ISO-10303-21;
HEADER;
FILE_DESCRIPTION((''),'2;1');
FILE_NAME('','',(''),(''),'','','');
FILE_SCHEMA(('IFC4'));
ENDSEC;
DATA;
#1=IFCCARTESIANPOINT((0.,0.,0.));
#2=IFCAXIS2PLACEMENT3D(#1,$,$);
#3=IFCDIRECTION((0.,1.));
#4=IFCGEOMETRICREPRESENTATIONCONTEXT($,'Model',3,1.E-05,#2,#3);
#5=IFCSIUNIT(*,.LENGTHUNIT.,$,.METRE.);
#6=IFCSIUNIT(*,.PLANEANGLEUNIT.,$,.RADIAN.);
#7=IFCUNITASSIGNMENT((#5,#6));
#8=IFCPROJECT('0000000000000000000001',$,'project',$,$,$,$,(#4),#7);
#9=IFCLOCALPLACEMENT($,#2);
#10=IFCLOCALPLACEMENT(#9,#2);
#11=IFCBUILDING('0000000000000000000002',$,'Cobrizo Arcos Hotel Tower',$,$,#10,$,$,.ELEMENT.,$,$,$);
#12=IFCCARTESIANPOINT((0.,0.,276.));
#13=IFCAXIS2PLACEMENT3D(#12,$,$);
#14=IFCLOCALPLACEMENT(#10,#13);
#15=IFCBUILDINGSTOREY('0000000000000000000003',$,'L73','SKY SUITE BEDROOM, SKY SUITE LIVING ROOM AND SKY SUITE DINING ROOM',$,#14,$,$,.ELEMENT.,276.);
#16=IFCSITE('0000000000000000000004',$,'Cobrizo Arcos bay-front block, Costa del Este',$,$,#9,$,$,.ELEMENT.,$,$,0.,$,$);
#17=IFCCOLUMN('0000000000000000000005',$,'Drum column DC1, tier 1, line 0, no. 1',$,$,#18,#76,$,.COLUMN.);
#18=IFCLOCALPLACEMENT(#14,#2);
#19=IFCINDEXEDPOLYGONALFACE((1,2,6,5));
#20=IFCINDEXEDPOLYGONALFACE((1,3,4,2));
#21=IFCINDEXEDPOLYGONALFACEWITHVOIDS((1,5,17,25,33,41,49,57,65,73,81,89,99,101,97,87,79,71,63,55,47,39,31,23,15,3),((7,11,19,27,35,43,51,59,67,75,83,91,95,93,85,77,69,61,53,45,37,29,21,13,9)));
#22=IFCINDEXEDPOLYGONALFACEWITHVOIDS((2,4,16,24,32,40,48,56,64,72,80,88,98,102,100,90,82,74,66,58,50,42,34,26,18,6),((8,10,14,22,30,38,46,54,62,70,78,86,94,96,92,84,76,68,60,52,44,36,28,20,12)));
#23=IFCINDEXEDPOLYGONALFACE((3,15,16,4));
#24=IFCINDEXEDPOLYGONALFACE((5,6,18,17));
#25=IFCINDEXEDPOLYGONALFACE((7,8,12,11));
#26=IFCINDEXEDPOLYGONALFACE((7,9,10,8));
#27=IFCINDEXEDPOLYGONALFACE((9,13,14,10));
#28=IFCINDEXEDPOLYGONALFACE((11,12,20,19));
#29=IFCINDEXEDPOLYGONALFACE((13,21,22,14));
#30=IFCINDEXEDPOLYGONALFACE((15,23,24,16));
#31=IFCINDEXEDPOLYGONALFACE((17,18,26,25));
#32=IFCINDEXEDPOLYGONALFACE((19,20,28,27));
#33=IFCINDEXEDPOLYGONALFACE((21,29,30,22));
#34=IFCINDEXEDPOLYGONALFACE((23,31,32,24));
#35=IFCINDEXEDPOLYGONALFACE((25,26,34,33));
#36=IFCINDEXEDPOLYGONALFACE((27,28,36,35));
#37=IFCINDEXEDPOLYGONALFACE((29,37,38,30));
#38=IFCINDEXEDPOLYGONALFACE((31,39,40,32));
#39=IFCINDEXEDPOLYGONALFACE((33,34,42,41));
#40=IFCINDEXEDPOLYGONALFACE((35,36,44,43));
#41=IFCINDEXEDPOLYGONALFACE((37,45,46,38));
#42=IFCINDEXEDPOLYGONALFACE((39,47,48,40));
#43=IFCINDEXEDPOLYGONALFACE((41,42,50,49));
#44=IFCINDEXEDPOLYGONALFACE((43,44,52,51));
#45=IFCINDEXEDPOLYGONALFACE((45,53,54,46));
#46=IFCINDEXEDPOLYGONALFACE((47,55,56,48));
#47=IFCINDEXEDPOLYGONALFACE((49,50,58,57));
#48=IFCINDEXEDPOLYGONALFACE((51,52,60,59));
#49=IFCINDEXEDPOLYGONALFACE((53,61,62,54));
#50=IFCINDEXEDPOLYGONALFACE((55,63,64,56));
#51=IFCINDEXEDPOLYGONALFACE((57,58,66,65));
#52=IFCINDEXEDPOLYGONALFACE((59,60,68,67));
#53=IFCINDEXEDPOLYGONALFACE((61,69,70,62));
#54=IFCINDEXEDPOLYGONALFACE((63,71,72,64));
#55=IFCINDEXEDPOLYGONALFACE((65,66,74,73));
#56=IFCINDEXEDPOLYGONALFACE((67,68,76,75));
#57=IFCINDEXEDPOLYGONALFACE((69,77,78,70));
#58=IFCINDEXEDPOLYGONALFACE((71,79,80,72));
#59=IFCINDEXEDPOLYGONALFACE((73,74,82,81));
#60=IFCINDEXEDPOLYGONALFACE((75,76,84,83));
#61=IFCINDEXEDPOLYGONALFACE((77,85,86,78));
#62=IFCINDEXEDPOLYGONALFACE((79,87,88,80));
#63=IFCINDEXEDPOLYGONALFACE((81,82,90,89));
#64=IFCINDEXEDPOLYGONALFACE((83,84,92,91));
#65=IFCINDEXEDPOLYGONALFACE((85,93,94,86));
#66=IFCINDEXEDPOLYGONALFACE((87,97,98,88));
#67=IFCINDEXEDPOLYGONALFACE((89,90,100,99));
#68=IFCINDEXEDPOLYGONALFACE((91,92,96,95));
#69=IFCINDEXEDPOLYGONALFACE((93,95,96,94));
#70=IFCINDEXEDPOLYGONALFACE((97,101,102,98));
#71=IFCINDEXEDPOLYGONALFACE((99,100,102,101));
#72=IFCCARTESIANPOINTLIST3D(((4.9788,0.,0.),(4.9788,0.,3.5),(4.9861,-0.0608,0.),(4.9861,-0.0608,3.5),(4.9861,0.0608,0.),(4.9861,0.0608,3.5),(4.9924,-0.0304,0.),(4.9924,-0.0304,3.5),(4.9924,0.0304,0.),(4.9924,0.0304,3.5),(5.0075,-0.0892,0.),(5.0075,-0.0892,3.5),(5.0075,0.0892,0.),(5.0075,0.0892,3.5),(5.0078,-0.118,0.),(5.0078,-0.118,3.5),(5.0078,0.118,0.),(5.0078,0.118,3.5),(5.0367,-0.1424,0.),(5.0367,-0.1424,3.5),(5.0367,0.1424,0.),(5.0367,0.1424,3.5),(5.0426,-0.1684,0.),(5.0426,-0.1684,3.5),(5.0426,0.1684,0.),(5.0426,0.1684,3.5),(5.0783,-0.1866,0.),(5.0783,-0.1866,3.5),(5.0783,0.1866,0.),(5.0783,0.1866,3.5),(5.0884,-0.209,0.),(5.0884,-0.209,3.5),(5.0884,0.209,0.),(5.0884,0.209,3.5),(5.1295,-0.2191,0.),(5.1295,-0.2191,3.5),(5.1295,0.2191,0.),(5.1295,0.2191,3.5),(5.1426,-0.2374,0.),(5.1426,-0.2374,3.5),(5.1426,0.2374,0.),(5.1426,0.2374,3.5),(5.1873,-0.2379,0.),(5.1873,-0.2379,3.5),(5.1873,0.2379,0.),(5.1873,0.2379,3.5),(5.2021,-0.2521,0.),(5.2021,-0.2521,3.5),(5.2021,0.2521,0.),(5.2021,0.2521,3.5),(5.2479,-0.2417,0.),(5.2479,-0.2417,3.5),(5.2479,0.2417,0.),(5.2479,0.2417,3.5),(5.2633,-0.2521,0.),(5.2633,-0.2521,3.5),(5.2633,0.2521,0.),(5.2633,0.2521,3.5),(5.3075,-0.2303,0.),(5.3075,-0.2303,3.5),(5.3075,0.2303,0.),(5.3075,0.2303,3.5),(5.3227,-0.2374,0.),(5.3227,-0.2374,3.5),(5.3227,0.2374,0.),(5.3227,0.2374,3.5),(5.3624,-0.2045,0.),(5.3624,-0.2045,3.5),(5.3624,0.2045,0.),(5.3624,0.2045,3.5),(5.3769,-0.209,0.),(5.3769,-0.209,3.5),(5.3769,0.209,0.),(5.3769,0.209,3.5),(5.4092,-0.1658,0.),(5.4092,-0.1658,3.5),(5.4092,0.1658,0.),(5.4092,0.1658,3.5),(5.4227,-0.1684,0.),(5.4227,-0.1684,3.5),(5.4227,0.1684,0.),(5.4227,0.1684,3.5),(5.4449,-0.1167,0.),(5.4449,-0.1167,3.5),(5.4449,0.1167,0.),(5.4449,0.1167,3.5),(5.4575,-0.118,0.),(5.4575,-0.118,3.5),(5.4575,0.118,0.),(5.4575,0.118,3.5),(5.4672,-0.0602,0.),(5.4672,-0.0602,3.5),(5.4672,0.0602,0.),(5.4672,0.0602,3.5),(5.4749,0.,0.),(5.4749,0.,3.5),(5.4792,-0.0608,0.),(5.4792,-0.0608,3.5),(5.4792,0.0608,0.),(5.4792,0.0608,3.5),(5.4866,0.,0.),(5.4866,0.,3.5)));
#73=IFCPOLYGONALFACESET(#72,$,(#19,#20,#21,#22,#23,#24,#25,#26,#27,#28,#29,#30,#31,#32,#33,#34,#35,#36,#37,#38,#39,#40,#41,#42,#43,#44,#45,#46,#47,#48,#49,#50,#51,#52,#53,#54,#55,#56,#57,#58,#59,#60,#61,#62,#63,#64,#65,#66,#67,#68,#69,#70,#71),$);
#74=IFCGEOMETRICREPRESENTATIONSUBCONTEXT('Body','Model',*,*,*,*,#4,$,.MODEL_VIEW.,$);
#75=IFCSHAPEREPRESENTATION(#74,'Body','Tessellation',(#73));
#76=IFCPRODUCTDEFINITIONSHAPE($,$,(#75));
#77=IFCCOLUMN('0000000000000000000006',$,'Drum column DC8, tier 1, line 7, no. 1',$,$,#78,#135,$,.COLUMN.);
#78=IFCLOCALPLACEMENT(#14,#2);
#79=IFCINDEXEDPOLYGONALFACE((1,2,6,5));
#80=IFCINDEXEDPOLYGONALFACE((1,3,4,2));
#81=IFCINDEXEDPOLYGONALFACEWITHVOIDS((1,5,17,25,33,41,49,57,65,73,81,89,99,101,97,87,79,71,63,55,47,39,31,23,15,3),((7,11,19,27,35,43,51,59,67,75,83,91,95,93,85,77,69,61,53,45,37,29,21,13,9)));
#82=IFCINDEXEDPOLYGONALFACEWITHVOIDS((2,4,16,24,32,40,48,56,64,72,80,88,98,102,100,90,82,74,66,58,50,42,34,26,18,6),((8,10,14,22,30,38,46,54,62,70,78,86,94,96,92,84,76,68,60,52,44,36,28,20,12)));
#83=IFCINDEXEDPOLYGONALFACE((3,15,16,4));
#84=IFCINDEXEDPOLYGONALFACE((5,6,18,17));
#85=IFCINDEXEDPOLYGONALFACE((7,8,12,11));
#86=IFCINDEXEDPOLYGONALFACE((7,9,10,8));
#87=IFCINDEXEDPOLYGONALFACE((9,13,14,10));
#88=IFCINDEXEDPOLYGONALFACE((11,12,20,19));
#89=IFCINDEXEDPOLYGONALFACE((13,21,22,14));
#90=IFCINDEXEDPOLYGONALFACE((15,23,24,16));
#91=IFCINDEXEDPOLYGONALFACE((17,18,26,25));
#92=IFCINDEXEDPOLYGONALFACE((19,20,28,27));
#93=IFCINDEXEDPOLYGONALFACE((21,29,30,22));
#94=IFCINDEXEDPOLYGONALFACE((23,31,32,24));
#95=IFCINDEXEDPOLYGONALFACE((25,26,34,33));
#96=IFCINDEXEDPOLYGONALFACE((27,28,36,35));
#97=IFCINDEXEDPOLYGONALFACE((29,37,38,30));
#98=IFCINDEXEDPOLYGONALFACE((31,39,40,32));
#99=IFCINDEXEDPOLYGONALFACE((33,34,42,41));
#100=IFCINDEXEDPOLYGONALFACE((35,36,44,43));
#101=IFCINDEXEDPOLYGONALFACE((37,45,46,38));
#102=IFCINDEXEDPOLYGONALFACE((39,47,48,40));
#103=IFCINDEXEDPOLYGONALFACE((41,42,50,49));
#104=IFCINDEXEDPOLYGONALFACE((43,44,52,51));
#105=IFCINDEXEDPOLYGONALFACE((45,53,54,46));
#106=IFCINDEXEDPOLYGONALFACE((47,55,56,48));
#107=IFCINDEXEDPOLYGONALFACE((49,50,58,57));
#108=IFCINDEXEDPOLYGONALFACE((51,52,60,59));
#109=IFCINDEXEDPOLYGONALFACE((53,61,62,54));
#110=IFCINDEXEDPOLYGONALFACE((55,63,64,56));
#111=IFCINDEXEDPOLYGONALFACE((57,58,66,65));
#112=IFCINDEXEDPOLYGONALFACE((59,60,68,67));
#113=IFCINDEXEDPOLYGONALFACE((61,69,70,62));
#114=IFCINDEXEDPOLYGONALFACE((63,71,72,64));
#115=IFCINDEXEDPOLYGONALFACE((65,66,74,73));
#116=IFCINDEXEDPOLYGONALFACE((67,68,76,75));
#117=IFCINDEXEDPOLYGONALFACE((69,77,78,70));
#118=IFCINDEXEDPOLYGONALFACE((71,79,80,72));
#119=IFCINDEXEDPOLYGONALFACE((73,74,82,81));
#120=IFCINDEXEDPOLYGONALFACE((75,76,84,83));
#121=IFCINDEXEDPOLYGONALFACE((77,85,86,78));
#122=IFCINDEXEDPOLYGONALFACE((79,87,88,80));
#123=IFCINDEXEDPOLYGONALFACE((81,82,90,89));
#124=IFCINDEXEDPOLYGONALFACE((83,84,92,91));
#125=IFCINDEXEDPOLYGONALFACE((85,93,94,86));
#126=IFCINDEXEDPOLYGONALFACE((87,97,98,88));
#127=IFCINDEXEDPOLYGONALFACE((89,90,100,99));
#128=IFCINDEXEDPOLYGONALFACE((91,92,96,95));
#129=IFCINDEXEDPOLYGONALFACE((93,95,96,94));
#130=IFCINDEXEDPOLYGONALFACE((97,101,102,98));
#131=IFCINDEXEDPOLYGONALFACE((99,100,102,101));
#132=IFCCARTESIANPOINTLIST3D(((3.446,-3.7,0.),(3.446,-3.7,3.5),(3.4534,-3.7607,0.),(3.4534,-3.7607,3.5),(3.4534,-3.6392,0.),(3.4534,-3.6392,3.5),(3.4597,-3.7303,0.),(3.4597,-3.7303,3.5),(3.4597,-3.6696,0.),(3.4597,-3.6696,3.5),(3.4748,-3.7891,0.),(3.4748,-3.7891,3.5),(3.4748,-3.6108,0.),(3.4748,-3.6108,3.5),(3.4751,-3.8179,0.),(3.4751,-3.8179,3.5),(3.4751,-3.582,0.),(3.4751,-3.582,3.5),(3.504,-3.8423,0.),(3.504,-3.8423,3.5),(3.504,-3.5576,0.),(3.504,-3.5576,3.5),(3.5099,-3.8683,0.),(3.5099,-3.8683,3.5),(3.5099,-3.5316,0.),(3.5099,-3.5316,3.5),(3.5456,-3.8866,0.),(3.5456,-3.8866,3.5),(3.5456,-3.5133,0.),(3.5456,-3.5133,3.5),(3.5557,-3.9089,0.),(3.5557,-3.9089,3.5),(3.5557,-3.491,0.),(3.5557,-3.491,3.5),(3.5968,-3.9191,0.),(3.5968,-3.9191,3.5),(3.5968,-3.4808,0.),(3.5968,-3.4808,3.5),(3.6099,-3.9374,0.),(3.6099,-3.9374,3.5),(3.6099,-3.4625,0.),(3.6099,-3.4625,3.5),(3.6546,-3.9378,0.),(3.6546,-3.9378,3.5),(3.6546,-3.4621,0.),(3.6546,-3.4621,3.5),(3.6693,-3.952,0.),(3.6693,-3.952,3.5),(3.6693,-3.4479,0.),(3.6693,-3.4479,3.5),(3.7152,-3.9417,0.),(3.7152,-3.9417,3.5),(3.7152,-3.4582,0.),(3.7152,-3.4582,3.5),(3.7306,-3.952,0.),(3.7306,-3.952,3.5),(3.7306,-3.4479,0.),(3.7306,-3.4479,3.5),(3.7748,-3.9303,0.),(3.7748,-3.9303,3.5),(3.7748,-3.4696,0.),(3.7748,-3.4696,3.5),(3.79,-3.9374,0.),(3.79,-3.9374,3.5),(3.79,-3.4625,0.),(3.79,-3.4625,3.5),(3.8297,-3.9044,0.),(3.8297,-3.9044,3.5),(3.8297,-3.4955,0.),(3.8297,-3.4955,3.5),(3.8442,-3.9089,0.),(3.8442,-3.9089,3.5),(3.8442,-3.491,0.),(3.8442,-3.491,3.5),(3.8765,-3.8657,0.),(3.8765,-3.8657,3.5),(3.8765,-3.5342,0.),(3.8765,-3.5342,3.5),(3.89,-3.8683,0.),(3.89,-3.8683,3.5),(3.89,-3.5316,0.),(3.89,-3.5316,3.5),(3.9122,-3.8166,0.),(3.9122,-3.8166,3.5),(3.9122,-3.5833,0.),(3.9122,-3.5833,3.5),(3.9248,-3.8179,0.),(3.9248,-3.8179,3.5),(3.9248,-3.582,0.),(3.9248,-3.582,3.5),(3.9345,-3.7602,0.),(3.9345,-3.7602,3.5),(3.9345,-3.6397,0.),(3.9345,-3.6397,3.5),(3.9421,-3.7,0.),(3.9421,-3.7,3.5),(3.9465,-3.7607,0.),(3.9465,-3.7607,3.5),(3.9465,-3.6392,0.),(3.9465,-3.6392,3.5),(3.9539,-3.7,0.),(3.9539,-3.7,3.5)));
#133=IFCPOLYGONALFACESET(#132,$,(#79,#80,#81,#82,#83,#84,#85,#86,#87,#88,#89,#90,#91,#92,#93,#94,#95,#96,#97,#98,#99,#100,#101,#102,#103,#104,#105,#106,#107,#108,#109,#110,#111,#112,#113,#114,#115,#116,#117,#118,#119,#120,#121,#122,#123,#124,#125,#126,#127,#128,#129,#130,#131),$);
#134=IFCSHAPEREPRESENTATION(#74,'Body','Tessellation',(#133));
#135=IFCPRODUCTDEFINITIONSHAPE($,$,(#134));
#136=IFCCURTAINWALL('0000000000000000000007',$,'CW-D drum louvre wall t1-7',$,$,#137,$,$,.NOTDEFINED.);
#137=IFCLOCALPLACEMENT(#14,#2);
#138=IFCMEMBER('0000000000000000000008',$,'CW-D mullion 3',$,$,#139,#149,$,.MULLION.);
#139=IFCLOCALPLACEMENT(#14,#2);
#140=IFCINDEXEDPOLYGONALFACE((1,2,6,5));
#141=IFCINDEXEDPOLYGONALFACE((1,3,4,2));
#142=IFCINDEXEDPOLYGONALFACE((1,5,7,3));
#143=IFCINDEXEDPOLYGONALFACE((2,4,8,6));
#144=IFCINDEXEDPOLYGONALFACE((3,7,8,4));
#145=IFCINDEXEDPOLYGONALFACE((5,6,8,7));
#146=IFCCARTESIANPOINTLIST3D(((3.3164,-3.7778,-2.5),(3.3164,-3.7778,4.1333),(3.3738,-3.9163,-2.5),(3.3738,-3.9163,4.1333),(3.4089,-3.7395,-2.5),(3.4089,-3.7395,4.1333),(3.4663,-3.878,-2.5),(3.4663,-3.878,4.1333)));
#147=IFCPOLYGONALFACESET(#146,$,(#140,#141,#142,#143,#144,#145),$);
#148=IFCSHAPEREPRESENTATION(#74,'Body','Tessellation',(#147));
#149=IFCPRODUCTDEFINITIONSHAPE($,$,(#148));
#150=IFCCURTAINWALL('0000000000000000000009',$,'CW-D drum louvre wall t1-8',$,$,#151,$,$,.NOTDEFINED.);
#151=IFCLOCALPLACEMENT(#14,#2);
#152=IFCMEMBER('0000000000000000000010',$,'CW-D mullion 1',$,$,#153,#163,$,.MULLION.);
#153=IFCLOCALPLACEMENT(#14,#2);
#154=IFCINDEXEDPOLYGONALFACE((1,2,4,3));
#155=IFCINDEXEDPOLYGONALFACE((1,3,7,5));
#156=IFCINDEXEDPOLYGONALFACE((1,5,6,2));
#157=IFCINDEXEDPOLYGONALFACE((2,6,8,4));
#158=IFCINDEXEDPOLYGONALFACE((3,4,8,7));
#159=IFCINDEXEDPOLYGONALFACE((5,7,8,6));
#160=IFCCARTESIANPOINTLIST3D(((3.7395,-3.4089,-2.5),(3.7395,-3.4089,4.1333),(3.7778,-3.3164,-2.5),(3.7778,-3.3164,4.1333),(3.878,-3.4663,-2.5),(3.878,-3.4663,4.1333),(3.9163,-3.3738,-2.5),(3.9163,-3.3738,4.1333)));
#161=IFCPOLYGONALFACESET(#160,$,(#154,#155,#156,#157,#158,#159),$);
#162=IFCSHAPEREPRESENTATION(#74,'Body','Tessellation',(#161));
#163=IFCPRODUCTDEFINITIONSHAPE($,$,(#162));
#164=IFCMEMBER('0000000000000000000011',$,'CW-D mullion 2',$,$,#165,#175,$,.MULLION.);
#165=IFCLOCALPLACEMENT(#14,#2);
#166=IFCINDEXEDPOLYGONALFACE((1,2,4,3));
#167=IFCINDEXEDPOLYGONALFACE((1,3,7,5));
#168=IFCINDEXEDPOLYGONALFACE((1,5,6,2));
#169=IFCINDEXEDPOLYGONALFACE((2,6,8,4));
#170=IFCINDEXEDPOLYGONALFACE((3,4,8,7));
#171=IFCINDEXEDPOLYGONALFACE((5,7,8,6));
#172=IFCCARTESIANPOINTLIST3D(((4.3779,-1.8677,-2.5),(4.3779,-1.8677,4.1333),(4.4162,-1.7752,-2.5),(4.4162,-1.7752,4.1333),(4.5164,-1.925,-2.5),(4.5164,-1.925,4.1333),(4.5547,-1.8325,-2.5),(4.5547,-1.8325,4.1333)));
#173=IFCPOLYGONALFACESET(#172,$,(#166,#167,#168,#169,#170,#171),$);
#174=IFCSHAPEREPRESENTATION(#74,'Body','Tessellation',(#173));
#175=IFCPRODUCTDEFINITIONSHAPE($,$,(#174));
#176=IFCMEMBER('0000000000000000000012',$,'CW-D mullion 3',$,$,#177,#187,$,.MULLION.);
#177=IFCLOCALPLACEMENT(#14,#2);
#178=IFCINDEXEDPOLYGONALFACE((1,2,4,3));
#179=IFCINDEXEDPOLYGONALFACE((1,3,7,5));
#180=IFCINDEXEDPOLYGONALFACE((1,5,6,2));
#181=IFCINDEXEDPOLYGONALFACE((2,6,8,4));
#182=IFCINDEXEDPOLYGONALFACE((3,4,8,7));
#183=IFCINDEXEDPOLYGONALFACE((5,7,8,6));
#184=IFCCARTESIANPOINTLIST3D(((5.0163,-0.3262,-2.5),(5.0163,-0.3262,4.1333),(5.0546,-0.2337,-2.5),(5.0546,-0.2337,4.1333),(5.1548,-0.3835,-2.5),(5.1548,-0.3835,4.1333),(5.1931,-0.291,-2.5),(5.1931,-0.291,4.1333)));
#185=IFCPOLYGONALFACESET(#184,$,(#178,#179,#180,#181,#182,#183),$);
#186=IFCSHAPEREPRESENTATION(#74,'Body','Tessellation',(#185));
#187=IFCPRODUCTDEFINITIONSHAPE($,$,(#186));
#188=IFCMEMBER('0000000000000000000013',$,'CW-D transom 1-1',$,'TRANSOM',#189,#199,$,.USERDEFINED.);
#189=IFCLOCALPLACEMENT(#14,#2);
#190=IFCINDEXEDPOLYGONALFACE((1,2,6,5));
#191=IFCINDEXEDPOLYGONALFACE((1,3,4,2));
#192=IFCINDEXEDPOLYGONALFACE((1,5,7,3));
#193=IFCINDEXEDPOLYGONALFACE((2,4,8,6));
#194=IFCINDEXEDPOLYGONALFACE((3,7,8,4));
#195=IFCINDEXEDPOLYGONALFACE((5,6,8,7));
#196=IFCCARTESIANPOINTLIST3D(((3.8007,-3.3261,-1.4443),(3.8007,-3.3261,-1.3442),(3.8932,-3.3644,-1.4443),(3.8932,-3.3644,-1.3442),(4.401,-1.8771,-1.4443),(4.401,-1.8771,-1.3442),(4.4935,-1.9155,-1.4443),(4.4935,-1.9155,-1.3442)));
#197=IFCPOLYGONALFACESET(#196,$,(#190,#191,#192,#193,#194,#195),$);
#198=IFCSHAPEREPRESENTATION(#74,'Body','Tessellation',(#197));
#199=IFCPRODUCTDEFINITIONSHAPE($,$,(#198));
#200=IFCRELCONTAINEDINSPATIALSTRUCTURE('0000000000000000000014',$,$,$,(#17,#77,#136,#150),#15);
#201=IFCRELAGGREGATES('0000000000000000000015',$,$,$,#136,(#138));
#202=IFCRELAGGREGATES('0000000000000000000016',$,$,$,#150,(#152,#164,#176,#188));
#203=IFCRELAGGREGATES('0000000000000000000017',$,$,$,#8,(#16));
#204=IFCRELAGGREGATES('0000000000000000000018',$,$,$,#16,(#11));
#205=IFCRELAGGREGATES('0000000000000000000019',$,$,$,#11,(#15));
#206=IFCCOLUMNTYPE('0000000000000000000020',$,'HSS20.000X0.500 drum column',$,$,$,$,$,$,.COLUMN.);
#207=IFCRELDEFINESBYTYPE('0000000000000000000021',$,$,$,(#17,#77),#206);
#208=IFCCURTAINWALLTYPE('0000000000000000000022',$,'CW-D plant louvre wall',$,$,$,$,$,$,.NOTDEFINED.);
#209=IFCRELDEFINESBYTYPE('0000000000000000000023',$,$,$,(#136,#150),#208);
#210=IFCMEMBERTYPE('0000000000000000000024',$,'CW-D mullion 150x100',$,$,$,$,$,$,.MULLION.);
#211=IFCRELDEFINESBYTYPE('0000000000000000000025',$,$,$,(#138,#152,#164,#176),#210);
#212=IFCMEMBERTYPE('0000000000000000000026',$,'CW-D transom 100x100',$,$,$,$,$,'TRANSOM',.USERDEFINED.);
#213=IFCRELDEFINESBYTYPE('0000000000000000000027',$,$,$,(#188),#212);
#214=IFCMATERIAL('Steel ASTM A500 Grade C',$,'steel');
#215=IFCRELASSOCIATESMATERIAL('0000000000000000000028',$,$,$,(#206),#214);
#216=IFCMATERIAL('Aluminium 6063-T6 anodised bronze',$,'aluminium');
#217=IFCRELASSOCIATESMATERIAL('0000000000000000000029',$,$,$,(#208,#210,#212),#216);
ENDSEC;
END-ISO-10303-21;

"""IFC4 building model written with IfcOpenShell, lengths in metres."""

from ifc_helpers import new_model, si_unit, direction, frame, origin, origin_2d, place, context, subcontext, project, spatial, rectangle, hollow_circle, extrude, material, material_profile, profile_set, type_object, element, aggregate, save


model = new_model("IFC4")

# Units and contexts
model_context = context("Model", 3, precision=1e-05, world=origin(), true_north=direction((0.0, 1.0)))
body_context = subcontext(model_context, "Body", "Model", "MODEL_VIEW")
ifc_project = project(units=[si_unit("LENGTHUNIT", "METRE"), si_unit("PLANEANGLEUNIT", "RADIAN")], contexts=[model_context])

# Site, building, storey
site_placement = place(None, origin())
site = spatial("IfcSite", under=ifc_project, at=site_placement, Name="Cobrizo Arcos bay-front block, Costa del Este", CompositionType="ELEMENT", RefElevation=0.0)
building_placement = place(site_placement, origin())
building = spatial("IfcBuilding", under=site, at=building_placement, Name="Cobrizo Arcos Hotel Tower", CompositionType="ELEMENT")
storey_placement = place(building_placement, frame((0.0, 0.0, 276.0)))
storey = spatial("IfcBuildingStorey", under=building, at=storey_placement, Name="L73", Description="SKY SUITE BEDROOM, SKY SUITE LIVING ROOM AND SKY SUITE DINING ROOM", CompositionType="ELEMENT", Elevation=276.0)

# Columns
ifc_material_1 = material(Name="Steel ASTM A500 Grade C", Category="steel")
ifc_material_profile_1 = material_profile(ifc_material_1, hollow_circle(Radius=0.2539, WallThickness=0.0117, at=origin_2d()), Name="HSS20.000X0.500")
ifc_profile_set_1 = profile_set([ifc_material_profile_1], Name="Steel ASTM A500 Grade C")
column_type = type_object("IfcColumnType", Name="HSS20.000X0.500 drum column", PredefinedType="COLUMN", material=ifc_profile_set_1)
for number, where, z_axis, x_axis, name in (
    (1, (5.2327, 0.0, 0.0), (0.0, 0.0, 1.0), (1.0, 0.0, 0.0), "Drum column DC1, tier 1, line 0, no. 1"),
    (2, (3.7, -3.7, 0.0), (0.0, 0.0, 1.0), (1.0, 0.0, 0.0), "Drum column DC8, tier 1, line 7, no. 1"),
):
    element("IfcColumn", number, at=place(storey_placement, frame(where, z_axis=z_axis, x_axis=x_axis)), inside=storey, type_object=column_type, Name=name, PredefinedType="COLUMN", context=body_context, shape_type="SweptSolid", body=[
        extrude(hollow_circle(Radius=0.2539, WallThickness=0.0117, at=origin_2d()), origin(), (0.0, 0.0, 1.0), 3.5),
    ])

# Curtain wall, member
ifc_material_2 = material(Name="Aluminium 6063-T6 anodised bronze", Category="aluminium")
curtain_wall_type = type_object("IfcCurtainWallType", Name="CW-D plant louvre wall", PredefinedType="NOTDEFINED", material=ifc_material_2)
curtain_wall_1_placement = place(storey_placement, origin())
curtain_wall_1 = element("IfcCurtainWall", 3, at=curtain_wall_1_placement, inside=storey, type_object=curtain_wall_type, Name="CW-D drum louvre wall t1-7", PredefinedType="NOTDEFINED")
ifc_material_profile_2 = material_profile(ifc_material_2, rectangle(XDim=0.1499, YDim=0.1001, at=origin_2d()), Name="CW-D mullion 150x100")
ifc_profile_set_2 = profile_set([ifc_material_profile_2], Name="Aluminium 6063-T6 anodised bronze")
member_type_1 = type_object("IfcMemberType", Name="CW-D mullion 150x100", PredefinedType="MULLION", material=ifc_profile_set_2)
member_1_placement = place(storey_placement, frame((3.3914, -3.8279, -2.5), z_axis=(0.0, 0.0, 1.0), x_axis=(0.382683, -0.92388, 0.0)))
member_1 = element("IfcMember", 4, at=member_1_placement, type_object=member_type_1, Name="CW-D mullion 3", PredefinedType="MULLION", context=body_context, shape_type="SweptSolid", body=[
    extrude(rectangle(XDim=0.1499, YDim=0.1001, at=origin_2d()), origin(), (0.0, 0.0, 1.0), 6.6333),
])

# Curtain wall, members
curtain_wall_2_placement = place(storey_placement, origin())
curtain_wall_2 = element("IfcCurtainWall", 5, at=curtain_wall_2_placement, inside=storey, type_object=curtain_wall_type, Name="CW-D drum louvre wall t1-8", PredefinedType="NOTDEFINED")
member_2_placement = place(storey_placement, frame((3.8279, -3.3914, -2.5), z_axis=(0.0, 0.0, 1.0), x_axis=(0.92388, -0.382683, 0.0)))
member_2 = element("IfcMember", 6, at=member_2_placement, type_object=member_type_1, Name="CW-D mullion 1", PredefinedType="MULLION", context=body_context, shape_type="SweptSolid", body=[
    extrude(rectangle(XDim=0.1499, YDim=0.1001, at=origin_2d()), origin(), (0.0, 0.0, 1.0), 6.6333),
])
member_3_placement = place(storey_placement, frame((4.4663, -1.8501, -2.5), z_axis=(0.0, 0.0, 1.0), x_axis=(0.92388, -0.382683, 0.0)))
member_3 = element("IfcMember", 7, at=member_3_placement, type_object=member_type_1, Name="CW-D mullion 2", PredefinedType="MULLION", context=body_context, shape_type="SweptSolid", body=[
    extrude(rectangle(XDim=0.1499, YDim=0.1001, at=origin_2d()), origin(), (0.0, 0.0, 1.0), 6.6333),
])
member_4_placement = place(storey_placement, frame((5.1047, -0.3086, -2.5), z_axis=(0.0, 0.0, 1.0), x_axis=(0.92388, -0.382683, 0.0)))
member_4 = element("IfcMember", 8, at=member_4_placement, type_object=member_type_1, Name="CW-D mullion 3", PredefinedType="MULLION", context=body_context, shape_type="SweptSolid", body=[
    extrude(rectangle(XDim=0.1499, YDim=0.1001, at=origin_2d()), origin(), (0.0, 0.0, 1.0), 6.6333),
])
ifc_material_profile_3 = material_profile(ifc_material_2, rectangle(XDim=0.1001, YDim=0.1001, at=origin_2d()), Name="CW-D transom 100x100")
ifc_profile_set_3 = profile_set([ifc_material_profile_3], Name="Aluminium 6063-T6 anodised bronze")
member_type_2 = type_object("IfcMemberType", Name="CW-D transom 100x100", ElementType="TRANSOM", PredefinedType="USERDEFINED", material=ifc_profile_set_3)
member_5_placement = place(storey_placement, frame((3.8469, -3.3452, -1.3943), z_axis=(0.382769, 0.923844, 0.0), x_axis=(-0.923844, 0.382769, 0.0)))
member_5 = element("IfcMember", 9, at=member_5_placement, type_object=member_type_2, Name="CW-D transom 1-1", ObjectType="TRANSOM", PredefinedType="USERDEFINED", context=body_context, shape_type="SweptSolid", body=[
    extrude(rectangle(XDim=0.1001, YDim=0.1001, at=origin_2d()), origin(), (0.0, 0.0, 1.0), 1.5684),
])

aggregate(curtain_wall_1, [member_1])
aggregate(curtain_wall_2, [member_2, member_3, member_4, member_5])

save(model, "model.ifc")
